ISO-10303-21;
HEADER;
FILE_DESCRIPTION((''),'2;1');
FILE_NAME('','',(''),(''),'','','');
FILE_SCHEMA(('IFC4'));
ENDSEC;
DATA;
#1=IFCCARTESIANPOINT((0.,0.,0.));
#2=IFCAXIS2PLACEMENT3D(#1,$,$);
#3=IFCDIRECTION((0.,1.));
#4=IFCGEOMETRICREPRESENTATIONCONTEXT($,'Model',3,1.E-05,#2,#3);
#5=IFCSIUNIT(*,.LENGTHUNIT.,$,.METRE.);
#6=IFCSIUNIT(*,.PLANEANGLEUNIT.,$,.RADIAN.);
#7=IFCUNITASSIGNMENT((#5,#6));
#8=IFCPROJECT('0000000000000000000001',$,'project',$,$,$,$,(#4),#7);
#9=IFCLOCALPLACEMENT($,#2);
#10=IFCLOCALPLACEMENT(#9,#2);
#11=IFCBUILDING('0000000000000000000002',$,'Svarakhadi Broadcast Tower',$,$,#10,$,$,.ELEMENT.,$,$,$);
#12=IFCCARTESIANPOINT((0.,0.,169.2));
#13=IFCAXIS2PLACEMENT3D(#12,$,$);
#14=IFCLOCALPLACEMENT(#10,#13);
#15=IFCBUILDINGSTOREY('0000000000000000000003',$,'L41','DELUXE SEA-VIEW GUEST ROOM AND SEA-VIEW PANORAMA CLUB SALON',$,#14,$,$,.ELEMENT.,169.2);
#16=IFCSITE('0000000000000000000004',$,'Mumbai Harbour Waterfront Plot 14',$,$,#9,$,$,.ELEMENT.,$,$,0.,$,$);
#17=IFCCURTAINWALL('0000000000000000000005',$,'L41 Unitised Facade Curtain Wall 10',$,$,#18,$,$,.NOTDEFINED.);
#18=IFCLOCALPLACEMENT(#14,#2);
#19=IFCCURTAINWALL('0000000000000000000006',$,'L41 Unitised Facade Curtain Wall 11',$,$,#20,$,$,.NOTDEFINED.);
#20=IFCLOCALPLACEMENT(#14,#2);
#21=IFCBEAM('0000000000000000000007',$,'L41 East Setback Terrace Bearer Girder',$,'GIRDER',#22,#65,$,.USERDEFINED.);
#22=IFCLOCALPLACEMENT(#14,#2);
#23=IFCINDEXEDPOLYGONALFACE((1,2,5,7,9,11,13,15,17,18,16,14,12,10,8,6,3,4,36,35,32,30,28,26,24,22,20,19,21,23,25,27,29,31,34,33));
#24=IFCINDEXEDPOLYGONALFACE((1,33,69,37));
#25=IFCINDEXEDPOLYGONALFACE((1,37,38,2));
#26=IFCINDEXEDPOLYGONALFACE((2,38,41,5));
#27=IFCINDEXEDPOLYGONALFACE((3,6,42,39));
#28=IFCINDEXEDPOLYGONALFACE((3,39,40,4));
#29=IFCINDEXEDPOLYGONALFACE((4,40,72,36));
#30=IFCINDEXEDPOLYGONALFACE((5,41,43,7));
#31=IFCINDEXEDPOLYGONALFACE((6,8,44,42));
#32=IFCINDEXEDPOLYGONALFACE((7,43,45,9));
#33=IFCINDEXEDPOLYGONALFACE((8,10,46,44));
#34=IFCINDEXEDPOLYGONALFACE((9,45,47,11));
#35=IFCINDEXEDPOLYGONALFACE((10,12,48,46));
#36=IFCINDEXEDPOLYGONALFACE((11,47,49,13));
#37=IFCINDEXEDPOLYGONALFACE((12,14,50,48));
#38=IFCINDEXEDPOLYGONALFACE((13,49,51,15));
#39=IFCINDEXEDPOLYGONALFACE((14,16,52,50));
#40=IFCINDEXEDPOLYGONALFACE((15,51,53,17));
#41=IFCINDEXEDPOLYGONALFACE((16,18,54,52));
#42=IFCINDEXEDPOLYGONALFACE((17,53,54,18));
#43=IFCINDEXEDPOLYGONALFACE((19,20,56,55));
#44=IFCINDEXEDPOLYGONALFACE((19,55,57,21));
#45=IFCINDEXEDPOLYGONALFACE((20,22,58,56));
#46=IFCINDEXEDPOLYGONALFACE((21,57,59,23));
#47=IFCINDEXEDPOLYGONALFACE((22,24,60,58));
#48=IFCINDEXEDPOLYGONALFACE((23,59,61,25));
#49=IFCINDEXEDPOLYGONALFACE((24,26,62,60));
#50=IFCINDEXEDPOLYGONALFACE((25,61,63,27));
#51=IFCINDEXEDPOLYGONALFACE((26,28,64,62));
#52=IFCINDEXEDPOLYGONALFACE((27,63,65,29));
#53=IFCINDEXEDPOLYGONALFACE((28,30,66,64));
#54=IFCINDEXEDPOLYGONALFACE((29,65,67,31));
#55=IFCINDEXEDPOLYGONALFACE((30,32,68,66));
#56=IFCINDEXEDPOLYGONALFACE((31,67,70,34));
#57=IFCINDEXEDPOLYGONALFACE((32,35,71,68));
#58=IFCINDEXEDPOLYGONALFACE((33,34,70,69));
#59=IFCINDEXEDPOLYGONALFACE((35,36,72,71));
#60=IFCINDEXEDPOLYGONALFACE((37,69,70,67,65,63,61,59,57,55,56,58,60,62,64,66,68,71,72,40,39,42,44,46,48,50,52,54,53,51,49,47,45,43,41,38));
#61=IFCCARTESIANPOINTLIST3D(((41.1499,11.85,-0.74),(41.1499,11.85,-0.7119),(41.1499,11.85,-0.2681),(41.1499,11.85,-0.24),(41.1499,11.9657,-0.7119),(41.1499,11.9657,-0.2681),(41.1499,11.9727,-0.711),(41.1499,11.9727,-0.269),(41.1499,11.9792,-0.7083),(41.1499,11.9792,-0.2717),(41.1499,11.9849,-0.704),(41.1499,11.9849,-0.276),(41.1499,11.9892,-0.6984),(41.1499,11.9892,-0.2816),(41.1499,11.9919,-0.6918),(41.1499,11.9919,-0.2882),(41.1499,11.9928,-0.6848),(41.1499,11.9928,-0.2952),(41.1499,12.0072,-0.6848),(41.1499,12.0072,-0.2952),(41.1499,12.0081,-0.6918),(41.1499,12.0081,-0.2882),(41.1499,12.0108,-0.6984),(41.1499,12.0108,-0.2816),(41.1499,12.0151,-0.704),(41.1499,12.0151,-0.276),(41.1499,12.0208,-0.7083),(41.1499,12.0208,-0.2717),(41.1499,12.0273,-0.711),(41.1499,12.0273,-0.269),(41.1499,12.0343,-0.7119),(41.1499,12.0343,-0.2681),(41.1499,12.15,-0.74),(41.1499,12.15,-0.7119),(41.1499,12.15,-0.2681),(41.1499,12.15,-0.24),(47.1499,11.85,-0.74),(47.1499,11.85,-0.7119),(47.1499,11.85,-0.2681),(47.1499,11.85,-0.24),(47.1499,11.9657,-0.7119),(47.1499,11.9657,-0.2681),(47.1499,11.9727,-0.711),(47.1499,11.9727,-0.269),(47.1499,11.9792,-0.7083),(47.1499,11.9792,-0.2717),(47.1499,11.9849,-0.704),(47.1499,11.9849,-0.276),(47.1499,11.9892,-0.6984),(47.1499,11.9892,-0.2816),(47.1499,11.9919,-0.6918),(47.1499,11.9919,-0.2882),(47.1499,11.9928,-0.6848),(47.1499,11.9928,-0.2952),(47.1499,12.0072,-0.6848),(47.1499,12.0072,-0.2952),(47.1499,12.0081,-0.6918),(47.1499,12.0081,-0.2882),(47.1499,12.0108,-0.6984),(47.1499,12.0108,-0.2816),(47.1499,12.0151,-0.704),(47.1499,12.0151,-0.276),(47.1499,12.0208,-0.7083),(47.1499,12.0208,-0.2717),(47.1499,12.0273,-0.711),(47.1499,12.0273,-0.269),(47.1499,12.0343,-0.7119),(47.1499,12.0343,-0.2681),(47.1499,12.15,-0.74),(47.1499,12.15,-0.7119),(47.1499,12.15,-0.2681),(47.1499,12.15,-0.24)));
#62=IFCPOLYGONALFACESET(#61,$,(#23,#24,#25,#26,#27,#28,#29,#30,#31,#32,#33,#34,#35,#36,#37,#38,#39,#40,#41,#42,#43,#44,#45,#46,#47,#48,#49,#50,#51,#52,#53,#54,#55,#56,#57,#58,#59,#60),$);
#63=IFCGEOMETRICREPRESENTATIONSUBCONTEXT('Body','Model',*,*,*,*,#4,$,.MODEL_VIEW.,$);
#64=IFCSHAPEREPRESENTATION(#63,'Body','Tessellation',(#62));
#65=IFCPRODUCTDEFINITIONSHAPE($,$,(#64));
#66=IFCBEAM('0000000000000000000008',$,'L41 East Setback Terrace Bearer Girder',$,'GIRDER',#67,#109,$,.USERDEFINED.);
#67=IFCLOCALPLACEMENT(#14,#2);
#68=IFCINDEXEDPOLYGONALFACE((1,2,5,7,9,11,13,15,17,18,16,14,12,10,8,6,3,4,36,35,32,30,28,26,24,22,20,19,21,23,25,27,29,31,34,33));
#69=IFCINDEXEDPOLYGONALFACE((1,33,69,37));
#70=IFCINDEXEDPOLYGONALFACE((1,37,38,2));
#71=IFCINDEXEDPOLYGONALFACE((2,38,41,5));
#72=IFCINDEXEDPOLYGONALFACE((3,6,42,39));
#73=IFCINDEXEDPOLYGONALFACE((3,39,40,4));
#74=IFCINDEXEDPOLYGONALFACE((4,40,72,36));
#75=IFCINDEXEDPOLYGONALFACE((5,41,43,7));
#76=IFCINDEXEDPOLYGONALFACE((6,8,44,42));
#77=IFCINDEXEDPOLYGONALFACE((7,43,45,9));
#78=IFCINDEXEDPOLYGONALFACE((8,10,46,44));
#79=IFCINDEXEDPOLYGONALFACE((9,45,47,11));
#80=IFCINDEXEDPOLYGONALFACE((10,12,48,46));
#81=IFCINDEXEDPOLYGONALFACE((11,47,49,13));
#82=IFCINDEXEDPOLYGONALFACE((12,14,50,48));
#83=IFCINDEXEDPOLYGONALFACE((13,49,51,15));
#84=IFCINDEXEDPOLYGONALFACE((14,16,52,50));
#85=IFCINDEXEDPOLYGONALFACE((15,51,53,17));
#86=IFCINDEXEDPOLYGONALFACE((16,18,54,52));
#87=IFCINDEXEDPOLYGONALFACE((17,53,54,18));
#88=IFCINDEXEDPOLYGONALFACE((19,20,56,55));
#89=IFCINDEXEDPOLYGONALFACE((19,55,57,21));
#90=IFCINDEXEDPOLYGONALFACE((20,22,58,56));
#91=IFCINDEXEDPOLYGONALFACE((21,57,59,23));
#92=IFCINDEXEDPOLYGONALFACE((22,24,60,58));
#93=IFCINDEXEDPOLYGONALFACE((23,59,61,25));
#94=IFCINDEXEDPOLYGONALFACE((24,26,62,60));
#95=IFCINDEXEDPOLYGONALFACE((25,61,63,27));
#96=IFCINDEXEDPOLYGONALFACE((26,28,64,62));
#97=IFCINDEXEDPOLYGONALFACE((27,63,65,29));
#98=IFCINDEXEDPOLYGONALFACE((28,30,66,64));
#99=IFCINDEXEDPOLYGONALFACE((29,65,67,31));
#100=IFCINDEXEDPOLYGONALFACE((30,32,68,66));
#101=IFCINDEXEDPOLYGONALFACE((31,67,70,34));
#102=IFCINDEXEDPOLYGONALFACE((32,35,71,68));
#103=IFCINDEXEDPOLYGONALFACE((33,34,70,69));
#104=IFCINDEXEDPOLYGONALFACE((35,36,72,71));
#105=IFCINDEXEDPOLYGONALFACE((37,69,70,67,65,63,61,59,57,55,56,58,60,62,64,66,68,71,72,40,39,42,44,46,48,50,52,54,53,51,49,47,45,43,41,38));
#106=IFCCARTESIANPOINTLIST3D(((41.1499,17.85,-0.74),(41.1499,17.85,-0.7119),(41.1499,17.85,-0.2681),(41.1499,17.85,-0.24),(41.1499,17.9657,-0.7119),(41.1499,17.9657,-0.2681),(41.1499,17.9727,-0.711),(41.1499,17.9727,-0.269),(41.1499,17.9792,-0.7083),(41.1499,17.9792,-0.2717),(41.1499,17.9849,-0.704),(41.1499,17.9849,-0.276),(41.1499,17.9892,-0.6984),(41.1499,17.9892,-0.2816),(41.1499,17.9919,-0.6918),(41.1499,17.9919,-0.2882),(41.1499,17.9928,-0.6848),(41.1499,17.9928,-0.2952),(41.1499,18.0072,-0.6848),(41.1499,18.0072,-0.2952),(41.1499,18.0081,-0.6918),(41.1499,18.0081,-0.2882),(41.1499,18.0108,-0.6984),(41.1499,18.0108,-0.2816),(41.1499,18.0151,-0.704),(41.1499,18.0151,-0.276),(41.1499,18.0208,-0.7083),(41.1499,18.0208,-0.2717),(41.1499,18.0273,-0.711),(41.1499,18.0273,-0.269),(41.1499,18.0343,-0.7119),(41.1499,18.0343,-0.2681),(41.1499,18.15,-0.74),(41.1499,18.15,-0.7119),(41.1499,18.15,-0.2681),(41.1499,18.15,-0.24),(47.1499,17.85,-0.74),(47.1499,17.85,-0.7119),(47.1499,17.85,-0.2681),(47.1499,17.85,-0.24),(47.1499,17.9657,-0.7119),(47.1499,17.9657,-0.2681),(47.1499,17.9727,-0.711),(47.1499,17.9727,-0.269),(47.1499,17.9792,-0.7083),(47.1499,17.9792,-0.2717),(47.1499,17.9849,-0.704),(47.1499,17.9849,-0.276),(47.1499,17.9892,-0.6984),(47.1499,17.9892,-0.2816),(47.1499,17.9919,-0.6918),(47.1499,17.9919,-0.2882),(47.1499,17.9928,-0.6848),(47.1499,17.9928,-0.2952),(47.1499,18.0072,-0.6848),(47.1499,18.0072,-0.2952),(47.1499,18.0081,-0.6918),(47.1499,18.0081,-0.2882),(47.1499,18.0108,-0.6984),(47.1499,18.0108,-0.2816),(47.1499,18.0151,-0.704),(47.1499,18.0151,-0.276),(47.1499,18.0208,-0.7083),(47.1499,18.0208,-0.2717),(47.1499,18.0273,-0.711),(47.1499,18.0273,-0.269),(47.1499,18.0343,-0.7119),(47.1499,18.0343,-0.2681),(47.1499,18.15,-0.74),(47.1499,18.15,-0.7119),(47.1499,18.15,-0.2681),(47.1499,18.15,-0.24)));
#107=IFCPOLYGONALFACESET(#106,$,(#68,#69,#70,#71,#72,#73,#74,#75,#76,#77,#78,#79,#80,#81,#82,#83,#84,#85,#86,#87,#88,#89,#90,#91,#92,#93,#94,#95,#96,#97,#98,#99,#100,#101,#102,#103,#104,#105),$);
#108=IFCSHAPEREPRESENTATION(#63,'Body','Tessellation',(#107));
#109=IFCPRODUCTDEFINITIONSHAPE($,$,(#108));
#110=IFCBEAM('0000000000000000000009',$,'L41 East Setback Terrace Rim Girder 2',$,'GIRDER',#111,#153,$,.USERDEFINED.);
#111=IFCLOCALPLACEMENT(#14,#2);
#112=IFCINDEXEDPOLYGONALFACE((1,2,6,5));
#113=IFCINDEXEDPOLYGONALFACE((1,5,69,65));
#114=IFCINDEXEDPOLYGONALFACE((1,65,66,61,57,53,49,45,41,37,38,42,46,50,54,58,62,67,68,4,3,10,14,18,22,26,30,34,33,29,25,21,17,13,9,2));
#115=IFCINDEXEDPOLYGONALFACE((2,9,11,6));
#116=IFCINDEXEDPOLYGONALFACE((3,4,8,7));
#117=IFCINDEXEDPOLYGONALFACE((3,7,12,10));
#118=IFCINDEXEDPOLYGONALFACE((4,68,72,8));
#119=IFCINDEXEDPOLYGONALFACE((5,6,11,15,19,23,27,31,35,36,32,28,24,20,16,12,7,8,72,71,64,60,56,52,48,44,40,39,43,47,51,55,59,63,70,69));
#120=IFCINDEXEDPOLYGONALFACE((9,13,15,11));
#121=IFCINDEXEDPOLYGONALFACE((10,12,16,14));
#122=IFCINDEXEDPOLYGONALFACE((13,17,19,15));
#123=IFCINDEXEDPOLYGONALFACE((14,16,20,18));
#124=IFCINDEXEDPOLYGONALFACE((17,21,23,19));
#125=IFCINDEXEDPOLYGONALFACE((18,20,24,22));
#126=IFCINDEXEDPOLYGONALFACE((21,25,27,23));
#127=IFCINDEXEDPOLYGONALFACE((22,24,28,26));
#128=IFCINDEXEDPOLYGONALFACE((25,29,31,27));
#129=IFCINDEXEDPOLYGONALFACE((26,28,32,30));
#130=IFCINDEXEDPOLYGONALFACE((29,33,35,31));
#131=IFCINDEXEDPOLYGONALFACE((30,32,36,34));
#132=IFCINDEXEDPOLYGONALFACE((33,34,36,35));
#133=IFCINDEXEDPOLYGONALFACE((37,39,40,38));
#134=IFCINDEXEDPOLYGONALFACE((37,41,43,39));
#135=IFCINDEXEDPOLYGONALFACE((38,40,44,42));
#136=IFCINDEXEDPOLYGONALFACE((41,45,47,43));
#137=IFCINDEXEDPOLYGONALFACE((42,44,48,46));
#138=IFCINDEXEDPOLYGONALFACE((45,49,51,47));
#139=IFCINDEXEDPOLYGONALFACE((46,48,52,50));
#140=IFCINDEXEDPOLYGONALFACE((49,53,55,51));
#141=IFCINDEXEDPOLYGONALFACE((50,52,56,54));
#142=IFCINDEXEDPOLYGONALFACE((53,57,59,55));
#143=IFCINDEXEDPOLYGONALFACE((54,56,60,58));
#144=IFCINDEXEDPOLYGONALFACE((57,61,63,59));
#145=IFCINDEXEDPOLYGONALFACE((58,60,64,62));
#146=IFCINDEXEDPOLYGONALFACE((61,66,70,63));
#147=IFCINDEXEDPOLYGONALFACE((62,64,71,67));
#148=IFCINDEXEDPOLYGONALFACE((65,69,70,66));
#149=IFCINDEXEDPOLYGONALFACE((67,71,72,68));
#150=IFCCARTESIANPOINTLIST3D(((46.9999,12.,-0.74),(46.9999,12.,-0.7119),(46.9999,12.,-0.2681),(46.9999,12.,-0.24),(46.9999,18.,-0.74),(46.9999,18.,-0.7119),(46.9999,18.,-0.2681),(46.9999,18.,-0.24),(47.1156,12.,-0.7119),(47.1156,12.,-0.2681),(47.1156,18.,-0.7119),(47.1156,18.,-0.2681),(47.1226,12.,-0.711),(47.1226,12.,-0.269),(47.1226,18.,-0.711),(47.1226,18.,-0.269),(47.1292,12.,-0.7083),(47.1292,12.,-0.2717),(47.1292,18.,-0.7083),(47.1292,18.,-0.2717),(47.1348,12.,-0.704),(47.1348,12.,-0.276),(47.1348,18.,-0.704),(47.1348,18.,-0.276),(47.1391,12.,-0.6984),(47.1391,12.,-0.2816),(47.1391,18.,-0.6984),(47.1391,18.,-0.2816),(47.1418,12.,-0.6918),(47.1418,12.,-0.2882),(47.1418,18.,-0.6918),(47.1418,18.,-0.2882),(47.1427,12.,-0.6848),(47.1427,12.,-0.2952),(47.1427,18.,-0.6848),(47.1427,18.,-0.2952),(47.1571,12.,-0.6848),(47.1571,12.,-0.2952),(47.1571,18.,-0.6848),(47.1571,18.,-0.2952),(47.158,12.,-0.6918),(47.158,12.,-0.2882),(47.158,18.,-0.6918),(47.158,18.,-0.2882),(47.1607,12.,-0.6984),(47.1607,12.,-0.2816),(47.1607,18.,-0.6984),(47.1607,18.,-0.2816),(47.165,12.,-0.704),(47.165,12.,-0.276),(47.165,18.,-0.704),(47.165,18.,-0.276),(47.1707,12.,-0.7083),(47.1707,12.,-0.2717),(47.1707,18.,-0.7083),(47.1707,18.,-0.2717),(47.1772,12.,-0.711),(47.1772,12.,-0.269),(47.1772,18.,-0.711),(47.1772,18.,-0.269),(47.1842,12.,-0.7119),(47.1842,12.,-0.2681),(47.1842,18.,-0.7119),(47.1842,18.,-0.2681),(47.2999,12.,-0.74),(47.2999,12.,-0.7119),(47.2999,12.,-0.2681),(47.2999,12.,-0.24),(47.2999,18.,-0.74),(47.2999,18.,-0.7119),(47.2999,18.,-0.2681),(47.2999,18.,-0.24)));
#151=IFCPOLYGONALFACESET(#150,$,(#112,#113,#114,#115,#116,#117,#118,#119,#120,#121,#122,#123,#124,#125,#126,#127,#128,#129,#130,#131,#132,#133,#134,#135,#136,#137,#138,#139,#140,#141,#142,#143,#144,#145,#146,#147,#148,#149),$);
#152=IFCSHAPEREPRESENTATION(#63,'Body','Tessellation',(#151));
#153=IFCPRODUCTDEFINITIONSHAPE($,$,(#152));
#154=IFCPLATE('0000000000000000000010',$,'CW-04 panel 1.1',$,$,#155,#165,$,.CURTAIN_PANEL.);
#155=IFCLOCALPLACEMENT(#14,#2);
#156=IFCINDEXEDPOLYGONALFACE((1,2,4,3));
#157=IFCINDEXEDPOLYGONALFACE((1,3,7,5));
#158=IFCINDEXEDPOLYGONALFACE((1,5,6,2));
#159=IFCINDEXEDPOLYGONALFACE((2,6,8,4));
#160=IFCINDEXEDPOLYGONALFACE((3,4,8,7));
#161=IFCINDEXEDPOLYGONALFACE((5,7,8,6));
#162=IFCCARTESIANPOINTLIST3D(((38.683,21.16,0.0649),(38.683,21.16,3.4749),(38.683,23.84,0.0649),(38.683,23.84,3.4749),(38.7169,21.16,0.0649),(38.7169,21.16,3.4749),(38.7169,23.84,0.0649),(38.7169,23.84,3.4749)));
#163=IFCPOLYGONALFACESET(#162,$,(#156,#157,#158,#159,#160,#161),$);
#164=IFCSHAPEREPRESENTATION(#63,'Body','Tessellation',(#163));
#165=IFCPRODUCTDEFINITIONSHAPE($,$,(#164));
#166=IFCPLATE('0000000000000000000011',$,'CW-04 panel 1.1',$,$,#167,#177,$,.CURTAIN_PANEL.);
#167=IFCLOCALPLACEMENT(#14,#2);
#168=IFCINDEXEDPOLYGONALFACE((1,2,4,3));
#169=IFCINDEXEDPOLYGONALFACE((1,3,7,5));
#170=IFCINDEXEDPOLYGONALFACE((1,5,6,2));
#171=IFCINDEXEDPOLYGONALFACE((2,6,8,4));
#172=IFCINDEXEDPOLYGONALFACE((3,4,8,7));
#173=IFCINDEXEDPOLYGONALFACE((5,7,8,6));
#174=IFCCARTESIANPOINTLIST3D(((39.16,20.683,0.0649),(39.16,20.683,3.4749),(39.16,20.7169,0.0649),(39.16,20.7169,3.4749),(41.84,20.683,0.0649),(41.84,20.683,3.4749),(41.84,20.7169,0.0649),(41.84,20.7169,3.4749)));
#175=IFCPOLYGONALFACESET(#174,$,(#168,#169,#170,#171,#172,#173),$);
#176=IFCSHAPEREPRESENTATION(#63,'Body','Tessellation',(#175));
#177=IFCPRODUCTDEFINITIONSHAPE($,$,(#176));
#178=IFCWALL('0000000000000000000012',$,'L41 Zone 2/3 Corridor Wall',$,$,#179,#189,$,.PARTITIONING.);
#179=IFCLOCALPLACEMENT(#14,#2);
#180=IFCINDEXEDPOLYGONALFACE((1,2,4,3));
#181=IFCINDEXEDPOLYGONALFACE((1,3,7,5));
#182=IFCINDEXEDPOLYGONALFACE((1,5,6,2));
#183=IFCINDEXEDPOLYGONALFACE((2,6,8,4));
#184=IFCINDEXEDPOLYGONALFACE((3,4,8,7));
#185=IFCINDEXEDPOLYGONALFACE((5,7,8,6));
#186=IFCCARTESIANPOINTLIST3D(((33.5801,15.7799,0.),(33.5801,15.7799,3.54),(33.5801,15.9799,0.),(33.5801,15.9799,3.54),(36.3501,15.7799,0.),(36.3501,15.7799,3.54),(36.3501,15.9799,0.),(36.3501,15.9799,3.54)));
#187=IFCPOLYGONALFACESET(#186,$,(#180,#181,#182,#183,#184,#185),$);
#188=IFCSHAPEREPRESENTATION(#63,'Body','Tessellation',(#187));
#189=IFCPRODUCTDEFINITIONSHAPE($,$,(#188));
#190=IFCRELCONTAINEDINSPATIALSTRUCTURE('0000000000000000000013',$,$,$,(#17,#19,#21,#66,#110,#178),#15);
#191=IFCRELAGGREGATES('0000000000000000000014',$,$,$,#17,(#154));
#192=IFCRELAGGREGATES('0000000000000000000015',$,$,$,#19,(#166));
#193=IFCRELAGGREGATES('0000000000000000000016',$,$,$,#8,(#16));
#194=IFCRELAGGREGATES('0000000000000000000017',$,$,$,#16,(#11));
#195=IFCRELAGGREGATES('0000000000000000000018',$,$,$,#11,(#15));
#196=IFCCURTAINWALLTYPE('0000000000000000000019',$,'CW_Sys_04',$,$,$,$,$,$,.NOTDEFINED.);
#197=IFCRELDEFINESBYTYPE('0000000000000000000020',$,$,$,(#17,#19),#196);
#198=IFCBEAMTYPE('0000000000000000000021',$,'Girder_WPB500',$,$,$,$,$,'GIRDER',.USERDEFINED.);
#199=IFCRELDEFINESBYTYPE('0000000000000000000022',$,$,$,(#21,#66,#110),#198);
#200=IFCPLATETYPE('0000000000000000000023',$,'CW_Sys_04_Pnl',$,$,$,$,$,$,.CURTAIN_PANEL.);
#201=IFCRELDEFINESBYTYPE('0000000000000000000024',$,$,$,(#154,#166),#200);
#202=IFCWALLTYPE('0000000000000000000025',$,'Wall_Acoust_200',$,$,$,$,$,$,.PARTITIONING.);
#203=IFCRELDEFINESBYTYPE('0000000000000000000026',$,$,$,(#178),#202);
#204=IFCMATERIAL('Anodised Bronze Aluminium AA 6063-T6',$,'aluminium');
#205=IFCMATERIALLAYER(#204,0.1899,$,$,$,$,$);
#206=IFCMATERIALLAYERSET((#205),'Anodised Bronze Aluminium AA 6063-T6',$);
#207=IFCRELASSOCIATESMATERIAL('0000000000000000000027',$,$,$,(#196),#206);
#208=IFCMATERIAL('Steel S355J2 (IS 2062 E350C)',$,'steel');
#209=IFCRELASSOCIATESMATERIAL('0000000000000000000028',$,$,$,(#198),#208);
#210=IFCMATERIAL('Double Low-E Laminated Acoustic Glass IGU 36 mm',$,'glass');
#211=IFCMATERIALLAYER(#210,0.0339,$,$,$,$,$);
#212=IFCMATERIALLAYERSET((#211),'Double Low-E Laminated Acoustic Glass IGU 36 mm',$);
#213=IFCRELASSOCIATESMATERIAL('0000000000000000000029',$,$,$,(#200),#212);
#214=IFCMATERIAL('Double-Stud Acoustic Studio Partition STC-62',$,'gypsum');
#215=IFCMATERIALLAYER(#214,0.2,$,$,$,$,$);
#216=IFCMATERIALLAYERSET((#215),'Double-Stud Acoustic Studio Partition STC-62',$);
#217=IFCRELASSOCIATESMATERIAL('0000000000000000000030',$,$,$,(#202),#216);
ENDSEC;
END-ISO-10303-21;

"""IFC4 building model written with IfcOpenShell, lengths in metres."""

from ifc_helpers import new_model, si_unit, direction, frame, frame_2d, origin, origin_2d, place, context, subcontext, project, spatial, rectangle, i_section, extrude, material, layer, layer_set, material_profile, profile_set, type_object, element, aggregate, save


model = new_model("IFC4")

# Units and contexts
model_context = context("Model", 3, precision=1e-05, world=origin(), true_north=direction((0.0, 1.0)))
body_context = subcontext(model_context, "Body", "Model", "MODEL_VIEW")
ifc_project = project(units=[si_unit("LENGTHUNIT", "METRE"), si_unit("PLANEANGLEUNIT", "RADIAN")], contexts=[model_context])

# Site, building, storey
site_placement = place(None, origin())
site = spatial("IfcSite", under=ifc_project, at=site_placement, Name="Mumbai Harbour Waterfront Plot 14", CompositionType="ELEMENT", RefElevation=0.0)
building_placement = place(site_placement, origin())
building = spatial("IfcBuilding", under=site, at=building_placement, Name="Svarakhadi Broadcast Tower", CompositionType="ELEMENT")
storey_placement = place(building_placement, frame((0.0, 0.0, 169.2)))
storey = spatial("IfcBuildingStorey", under=building, at=storey_placement, Name="L41", Description="DELUXE SEA-VIEW GUEST ROOM AND SEA-VIEW PANORAMA CLUB SALON", CompositionType="ELEMENT", Elevation=169.2)

# Shared definitions
ifc_material_1 = material(Name="Steel S355J2 (IS 2062 E350C)", Category="steel")

# Shared definitions
ifc_material_2 = material(Name="Anodised Bronze Aluminium AA 6063-T6", Category="aluminium")
ifc_layer_1 = layer(ifc_material_2, 0.1899)
ifc_layer_set_1 = layer_set([ifc_layer_1], Name="Anodised Bronze Aluminium AA 6063-T6")
curtain_wall_type = type_object("IfcCurtainWallType", Name="CW_Sys_04", PredefinedType="NOTDEFINED", material=ifc_layer_set_1)

# Curtain walls
curtain_wall_1_placement = place(storey_placement, origin())
curtain_wall_1 = element("IfcCurtainWall", 1, at=curtain_wall_1_placement, inside=storey, type_object=curtain_wall_type, Name="L41 Unitised Facade Curtain Wall 10", PredefinedType="NOTDEFINED")
curtain_wall_2_placement = place(storey_placement, origin())
curtain_wall_2 = element("IfcCurtainWall", 2, at=curtain_wall_2_placement, inside=storey, type_object=curtain_wall_type, Name="L41 Unitised Facade Curtain Wall 11", PredefinedType="NOTDEFINED")

# Beams
ifc_material_profile_1 = material_profile(ifc_material_1, i_section(OverallWidth=0.3, OverallDepth=0.5, WebThickness=0.0144, FlangeThickness=0.0281, FilletRadius=0.0271, at=origin_2d()), Name="WPB 500x300x187")
ifc_profile_set_1 = profile_set([ifc_material_profile_1], Name="Steel S355J2 (IS 2062 E350C)")
beam_type_1 = type_object("IfcBeamType", Name="Girder_WPB500", ElementType="GIRDER", PredefinedType="USERDEFINED", material=ifc_profile_set_1)
for number, where, z_axis, x_axis, name in (
    (3, (41.1499, 12.0, -0.49), (1.0, 0.0, 0.0), (0.0, 1.0, 0.0), "L41 East Setback Terrace Bearer Girder"),
    (4, (41.1499, 18.0, -0.49), (1.0, 0.0, 0.0), (0.0, 1.0, 0.0), "L41 East Setback Terrace Bearer Girder"),
    (5, (47.1499, 12.0, -0.49), (0.0, 1.0, 0.0), (-1.0, 0.0, 0.0), "L41 East Setback Terrace Rim Girder 2"),
):
    element("IfcBeam", number, at=place(storey_placement, frame(where, z_axis=z_axis, x_axis=x_axis)), inside=storey, type_object=beam_type_1, Name=name, ObjectType="GIRDER", PredefinedType="USERDEFINED", context=body_context, shape_type="SweptSolid", body=[
        extrude(i_section(OverallWidth=0.3, OverallDepth=0.5, WebThickness=0.0144, FlangeThickness=0.0281, FilletRadius=0.0271, at=origin_2d()), origin(), (0.0, 0.0, 1.0), 6.0),
    ])

# Plates
ifc_material_3 = material(Name="Double Low-E Laminated Acoustic Glass IGU 36 mm", Category="glass")
ifc_layer_2 = layer(ifc_material_3, 0.0339)
ifc_layer_set_2 = layer_set([ifc_layer_2], Name="Double Low-E Laminated Acoustic Glass IGU 36 mm")
plate_type = type_object("IfcPlateType", Name="CW_Sys_04_Pnl", PredefinedType="CURTAIN_PANEL", material=ifc_layer_set_2)
plate_1_placement = place(storey_placement, frame((38.7, 22.5, 0.0649), z_axis=(0.0, 0.0, 1.0), x_axis=(0.0, -1.0, 0.0)))
plate_1 = element("IfcPlate", 6, at=plate_1_placement, type_object=plate_type, Name="CW-04 panel 1.1", PredefinedType="CURTAIN_PANEL", context=body_context, shape_type="SweptSolid", body=[
    extrude(rectangle(XDim=2.6799, YDim=0.0339, at=origin_2d()), origin(), (0.0, 0.0, 1.0), 3.4099),
])
aggregate(curtain_wall_1, [plate_1])
plate_2_placement = place(storey_placement, frame((40.5, 20.7, 0.0649), z_axis=(0.0, 0.0, 1.0), x_axis=(1.0, 0.0, 0.0)))
plate_2 = element("IfcPlate", 7, at=plate_2_placement, type_object=plate_type, Name="CW-04 panel 1.1", PredefinedType="CURTAIN_PANEL", context=body_context, shape_type="SweptSolid", body=[
    extrude(rectangle(XDim=2.6799, YDim=0.0339, at=origin_2d()), origin(), (0.0, 0.0, 1.0), 3.4099),
])
aggregate(curtain_wall_2, [plate_2])

# Wall
ifc_material_4 = material(Name="Double-Stud Acoustic Studio Partition STC-62", Category="gypsum")
ifc_layer_3 = layer(ifc_material_4, 0.2)
ifc_layer_set_3 = layer_set([ifc_layer_3], Name="Double-Stud Acoustic Studio Partition STC-62")
wall_type_1 = type_object("IfcWallType", Name="Wall_Acoust_200", PredefinedType="PARTITIONING", material=ifc_layer_set_3)
wall_1_placement = place(storey_placement, frame((36.3501, 15.8799, 0.0), z_axis=(0.0, 0.0, 1.0), x_axis=(-1.0, 0.0, 0.0)))
element("IfcWall", 8, at=wall_1_placement, inside=storey, type_object=wall_type_1, Name="L41 Zone 2/3 Corridor Wall", PredefinedType="PARTITIONING", context=body_context, shape_type="SweptSolid", body=[
    extrude(rectangle(XDim=2.77, YDim=0.2, at=frame_2d((1.385, 0.0))), origin(), (0.0, 0.0, 1.0), 3.54),
])

save(model, "model.ifc")
